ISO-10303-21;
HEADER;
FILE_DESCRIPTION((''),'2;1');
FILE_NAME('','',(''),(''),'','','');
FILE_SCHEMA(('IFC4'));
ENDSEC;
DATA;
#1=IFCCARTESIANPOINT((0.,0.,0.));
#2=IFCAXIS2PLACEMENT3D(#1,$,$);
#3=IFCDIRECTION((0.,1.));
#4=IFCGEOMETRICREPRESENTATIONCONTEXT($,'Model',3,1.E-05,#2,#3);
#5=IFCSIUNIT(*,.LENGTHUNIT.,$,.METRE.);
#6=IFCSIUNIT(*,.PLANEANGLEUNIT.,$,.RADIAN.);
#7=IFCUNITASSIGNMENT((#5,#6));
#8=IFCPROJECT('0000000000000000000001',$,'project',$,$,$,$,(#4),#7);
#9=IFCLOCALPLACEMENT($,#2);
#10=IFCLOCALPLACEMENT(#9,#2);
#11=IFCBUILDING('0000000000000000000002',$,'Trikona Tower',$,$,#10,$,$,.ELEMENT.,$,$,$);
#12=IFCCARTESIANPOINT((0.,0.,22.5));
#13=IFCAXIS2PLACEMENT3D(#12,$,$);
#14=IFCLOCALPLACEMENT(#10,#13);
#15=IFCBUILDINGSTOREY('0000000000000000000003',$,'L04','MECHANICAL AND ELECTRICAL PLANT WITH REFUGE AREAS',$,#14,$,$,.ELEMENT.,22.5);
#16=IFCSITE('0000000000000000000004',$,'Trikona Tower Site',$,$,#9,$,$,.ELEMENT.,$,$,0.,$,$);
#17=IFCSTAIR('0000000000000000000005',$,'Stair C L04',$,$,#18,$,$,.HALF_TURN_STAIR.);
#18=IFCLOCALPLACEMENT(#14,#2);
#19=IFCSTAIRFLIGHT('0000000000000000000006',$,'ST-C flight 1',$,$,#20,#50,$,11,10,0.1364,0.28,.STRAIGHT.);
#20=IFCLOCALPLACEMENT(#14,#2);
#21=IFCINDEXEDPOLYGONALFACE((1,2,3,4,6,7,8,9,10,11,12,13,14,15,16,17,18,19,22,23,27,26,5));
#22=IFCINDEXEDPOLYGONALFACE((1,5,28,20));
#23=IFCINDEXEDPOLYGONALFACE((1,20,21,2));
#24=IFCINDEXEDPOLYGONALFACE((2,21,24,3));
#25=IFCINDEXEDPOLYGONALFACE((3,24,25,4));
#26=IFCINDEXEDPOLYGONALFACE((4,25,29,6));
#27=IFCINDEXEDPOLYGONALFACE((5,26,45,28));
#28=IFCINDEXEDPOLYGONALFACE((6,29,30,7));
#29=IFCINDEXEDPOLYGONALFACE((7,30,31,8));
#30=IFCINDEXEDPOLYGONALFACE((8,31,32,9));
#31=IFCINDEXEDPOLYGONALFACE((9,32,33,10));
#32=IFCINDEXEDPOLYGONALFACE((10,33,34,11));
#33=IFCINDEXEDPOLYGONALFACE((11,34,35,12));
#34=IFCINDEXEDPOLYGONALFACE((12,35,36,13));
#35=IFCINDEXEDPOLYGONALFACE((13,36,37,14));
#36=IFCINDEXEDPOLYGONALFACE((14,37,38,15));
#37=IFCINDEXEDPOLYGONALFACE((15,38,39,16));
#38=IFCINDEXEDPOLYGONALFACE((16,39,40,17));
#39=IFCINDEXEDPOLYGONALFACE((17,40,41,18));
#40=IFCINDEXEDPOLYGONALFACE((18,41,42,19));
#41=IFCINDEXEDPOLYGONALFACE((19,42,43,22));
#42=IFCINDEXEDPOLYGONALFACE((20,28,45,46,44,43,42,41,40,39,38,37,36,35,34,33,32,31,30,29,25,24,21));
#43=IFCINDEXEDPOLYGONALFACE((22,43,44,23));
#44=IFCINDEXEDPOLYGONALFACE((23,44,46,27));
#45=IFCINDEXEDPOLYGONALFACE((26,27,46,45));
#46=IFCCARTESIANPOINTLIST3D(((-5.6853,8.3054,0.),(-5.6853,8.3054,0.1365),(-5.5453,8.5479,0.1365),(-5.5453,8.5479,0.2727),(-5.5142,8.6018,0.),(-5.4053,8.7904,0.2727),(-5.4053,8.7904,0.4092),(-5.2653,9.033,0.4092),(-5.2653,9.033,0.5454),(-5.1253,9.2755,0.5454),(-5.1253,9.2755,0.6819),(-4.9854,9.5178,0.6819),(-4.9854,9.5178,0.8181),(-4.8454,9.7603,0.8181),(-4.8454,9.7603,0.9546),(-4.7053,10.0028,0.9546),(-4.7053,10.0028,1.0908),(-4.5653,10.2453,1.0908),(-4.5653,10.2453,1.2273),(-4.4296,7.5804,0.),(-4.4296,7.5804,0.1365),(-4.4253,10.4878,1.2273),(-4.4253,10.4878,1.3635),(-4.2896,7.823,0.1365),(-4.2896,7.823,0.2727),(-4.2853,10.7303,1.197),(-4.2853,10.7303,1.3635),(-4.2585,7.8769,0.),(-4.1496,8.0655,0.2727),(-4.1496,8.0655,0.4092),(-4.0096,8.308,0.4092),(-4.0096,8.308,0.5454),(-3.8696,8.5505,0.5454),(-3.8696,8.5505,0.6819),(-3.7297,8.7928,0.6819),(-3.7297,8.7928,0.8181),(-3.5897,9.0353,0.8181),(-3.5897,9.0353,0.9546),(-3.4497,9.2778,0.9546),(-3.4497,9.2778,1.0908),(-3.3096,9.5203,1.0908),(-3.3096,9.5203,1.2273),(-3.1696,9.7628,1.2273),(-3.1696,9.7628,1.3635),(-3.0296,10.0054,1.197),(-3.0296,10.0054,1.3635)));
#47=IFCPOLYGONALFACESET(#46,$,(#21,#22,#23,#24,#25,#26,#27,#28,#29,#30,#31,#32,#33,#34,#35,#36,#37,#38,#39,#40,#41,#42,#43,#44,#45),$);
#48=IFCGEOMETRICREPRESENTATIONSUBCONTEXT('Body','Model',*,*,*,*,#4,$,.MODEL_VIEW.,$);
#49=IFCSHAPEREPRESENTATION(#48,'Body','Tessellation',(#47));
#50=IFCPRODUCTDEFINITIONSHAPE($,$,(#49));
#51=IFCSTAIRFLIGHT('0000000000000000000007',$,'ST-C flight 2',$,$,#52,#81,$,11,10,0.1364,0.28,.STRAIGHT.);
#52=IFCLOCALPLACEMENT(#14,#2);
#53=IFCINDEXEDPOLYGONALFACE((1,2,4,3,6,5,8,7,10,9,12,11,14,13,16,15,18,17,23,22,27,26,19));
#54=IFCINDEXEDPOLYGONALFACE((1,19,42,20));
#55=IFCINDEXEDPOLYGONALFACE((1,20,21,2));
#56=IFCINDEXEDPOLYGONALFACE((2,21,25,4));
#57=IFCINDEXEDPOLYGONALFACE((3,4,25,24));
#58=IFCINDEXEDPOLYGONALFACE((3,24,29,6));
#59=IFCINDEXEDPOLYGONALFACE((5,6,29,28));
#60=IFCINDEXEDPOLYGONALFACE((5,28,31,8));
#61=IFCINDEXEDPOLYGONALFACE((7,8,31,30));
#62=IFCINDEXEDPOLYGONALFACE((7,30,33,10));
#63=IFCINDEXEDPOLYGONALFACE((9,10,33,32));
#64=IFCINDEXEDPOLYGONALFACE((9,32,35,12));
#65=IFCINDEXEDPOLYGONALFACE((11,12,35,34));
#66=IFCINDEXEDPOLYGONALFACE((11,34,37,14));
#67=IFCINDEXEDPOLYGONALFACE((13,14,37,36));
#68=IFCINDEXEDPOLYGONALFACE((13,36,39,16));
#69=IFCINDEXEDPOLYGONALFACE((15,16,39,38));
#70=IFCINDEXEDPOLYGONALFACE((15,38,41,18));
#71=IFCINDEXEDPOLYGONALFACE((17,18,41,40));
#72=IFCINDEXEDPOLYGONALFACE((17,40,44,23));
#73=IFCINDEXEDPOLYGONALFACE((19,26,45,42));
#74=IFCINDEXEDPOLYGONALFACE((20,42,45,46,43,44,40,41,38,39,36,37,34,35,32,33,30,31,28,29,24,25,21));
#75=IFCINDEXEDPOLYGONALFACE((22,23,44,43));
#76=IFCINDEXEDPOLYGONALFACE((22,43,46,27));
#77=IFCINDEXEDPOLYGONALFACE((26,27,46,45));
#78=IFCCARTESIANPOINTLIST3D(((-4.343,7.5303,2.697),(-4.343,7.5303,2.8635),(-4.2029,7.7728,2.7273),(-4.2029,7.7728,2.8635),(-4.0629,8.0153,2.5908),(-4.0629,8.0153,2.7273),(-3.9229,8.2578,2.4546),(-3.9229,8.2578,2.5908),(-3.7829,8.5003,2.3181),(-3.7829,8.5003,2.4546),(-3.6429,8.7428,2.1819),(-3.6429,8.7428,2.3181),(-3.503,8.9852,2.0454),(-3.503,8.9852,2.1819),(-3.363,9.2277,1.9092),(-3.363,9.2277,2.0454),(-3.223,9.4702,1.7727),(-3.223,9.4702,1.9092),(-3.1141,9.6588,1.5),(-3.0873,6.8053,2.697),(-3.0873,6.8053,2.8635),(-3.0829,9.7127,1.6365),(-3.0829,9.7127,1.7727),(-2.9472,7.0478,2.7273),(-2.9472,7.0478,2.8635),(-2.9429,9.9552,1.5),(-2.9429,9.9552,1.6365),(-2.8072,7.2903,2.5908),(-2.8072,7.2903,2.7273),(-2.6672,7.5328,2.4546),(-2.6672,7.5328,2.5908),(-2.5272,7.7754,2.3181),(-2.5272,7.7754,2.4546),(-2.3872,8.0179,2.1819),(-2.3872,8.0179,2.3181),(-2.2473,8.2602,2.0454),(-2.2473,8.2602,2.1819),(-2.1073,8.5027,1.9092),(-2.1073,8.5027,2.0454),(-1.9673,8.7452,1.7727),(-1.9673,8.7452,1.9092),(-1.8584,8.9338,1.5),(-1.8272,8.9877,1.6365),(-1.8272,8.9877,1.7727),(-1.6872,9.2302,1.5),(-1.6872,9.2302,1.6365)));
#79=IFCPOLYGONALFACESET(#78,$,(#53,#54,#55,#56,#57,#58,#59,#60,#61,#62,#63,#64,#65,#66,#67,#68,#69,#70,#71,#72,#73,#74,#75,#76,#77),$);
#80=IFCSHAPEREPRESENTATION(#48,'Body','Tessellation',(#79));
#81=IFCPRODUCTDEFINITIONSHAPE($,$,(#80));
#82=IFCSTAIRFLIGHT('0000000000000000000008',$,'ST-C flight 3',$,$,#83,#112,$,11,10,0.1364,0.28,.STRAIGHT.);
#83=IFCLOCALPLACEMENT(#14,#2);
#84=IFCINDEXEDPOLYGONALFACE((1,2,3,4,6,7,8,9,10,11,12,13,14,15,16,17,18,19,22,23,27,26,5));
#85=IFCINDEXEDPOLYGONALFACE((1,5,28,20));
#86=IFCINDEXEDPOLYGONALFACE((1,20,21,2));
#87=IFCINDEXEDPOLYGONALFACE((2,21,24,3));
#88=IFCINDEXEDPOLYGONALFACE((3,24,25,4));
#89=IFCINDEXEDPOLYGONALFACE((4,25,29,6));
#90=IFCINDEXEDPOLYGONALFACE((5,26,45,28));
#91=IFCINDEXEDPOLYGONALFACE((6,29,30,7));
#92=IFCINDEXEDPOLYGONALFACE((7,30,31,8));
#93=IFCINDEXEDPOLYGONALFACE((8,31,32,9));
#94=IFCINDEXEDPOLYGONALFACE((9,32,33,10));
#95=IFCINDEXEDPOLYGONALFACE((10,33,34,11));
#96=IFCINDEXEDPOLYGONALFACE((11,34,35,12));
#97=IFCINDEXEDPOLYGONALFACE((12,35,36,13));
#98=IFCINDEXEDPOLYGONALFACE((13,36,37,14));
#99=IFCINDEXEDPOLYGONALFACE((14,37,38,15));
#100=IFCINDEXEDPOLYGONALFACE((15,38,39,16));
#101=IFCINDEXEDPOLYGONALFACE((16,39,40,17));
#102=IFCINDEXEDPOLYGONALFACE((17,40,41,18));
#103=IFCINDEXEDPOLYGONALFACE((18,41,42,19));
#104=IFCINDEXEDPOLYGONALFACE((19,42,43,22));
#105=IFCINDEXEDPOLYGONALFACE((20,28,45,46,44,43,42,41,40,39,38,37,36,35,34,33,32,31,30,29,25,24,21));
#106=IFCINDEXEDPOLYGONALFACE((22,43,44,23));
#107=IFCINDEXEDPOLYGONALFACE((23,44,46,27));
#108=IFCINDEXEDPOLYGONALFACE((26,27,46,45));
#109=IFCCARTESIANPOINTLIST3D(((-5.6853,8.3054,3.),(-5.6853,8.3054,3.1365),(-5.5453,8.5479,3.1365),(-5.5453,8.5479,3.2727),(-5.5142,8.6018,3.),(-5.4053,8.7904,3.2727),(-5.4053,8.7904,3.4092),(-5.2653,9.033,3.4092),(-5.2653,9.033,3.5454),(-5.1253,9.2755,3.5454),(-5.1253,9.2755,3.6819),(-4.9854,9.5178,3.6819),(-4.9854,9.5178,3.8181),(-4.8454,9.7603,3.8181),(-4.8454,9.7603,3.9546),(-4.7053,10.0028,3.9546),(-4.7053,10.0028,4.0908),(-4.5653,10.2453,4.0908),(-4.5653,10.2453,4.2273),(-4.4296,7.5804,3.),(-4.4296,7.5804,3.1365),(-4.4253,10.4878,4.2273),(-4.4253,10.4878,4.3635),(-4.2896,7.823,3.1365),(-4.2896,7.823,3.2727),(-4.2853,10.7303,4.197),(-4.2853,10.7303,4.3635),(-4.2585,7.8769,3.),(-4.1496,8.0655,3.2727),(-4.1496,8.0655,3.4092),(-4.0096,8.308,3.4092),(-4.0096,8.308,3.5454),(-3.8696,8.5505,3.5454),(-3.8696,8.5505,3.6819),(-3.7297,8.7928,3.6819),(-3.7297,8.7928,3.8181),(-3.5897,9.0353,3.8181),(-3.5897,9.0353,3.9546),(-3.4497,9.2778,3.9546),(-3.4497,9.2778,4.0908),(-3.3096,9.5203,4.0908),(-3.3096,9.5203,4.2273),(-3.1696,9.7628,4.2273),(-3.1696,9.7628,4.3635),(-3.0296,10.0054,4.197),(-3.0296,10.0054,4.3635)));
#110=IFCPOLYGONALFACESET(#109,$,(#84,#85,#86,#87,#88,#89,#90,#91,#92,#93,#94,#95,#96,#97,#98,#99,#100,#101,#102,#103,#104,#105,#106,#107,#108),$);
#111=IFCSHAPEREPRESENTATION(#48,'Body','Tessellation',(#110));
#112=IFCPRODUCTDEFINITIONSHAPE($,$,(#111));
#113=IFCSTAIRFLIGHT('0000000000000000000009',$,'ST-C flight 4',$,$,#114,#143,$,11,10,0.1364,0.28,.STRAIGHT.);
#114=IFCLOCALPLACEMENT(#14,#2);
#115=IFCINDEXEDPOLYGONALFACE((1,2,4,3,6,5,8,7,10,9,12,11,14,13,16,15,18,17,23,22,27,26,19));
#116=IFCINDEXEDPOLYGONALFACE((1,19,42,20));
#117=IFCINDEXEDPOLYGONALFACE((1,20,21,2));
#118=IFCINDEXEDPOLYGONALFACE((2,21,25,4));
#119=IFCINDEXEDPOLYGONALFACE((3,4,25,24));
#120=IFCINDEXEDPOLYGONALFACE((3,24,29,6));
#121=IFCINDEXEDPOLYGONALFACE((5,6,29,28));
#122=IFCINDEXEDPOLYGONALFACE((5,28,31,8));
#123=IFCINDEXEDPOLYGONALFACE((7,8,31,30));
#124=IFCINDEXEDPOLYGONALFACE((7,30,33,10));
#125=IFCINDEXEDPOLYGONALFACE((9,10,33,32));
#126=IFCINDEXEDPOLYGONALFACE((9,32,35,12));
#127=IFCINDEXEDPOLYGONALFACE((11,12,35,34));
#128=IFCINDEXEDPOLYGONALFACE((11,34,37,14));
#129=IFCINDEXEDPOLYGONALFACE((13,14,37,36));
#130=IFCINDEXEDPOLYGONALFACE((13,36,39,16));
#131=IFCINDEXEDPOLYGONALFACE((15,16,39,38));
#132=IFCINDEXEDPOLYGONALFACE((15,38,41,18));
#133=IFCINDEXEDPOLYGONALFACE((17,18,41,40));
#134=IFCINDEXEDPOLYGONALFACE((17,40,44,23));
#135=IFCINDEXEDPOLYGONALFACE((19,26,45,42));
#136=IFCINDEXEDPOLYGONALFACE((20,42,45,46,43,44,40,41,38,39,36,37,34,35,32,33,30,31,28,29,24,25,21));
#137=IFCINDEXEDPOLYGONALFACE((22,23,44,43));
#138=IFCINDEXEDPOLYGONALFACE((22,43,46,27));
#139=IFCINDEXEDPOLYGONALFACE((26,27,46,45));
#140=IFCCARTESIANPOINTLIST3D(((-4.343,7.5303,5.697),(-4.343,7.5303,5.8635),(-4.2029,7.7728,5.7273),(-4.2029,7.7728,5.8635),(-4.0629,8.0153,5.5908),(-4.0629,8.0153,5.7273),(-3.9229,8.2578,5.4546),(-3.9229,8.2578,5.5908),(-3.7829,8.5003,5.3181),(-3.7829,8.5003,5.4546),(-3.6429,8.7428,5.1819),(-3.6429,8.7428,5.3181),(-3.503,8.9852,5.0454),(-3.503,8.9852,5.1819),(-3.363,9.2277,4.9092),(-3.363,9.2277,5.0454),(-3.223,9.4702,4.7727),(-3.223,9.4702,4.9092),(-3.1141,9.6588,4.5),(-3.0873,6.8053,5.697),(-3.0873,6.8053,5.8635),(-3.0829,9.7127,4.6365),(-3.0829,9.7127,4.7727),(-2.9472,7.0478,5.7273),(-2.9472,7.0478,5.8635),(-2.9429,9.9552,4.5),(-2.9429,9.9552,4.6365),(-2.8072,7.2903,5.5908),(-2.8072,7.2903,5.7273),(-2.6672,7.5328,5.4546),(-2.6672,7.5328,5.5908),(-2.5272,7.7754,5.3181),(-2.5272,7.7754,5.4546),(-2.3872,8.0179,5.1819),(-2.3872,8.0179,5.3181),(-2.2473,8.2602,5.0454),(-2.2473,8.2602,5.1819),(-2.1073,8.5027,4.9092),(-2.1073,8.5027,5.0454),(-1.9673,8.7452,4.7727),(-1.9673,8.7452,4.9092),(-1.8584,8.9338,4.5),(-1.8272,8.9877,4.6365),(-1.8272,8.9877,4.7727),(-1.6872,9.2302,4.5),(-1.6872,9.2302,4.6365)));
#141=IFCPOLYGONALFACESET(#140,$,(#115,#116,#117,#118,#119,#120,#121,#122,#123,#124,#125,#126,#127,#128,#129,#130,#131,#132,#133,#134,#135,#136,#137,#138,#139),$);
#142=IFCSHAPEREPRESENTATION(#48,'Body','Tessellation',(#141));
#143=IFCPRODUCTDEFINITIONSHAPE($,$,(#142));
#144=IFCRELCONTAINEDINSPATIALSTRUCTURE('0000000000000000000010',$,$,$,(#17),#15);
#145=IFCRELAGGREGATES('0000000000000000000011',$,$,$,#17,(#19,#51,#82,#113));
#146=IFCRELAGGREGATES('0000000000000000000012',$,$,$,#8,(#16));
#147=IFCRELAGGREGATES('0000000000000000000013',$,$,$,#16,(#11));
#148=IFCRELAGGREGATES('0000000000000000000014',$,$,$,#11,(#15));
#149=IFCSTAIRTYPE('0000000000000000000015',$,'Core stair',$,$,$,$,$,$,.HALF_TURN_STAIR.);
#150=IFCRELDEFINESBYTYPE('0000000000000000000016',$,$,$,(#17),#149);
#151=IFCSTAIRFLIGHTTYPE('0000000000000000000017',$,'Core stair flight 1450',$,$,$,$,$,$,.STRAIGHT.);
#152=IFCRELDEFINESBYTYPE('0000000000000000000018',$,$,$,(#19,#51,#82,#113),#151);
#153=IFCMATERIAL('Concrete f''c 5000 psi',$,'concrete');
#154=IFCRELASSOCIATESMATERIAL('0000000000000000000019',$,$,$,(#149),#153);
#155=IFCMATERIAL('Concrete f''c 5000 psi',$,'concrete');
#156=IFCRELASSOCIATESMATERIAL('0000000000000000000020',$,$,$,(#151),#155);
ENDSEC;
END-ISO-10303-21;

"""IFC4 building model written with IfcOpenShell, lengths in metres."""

from ifc_helpers import new_model, si_unit, direction, frame, origin, place, context, subcontext, project, spatial, polyline, outline, extrude, material, type_object, element, aggregate, save


model = new_model("IFC4")

# Units and contexts
model_context = context("Model", 3, precision=1e-05, world=origin(), true_north=direction((0.0, 1.0)))
body_context = subcontext(model_context, "Body", "Model", "MODEL_VIEW")
ifc_project = project(units=[si_unit("LENGTHUNIT", "METRE"), si_unit("PLANEANGLEUNIT", "RADIAN")], contexts=[model_context])

# Site, building, storey
site_placement = place(None, origin())
site = spatial("IfcSite", under=ifc_project, at=site_placement, Name="Trikona Tower Site", CompositionType="ELEMENT", RefElevation=0.0)
building_placement = place(site_placement, origin())
building = spatial("IfcBuilding", under=site, at=building_placement, Name="Trikona Tower", CompositionType="ELEMENT")
storey_placement = place(building_placement, frame((0.0, 0.0, 22.5)))
storey = spatial("IfcBuildingStorey", under=building, at=storey_placement, Name="L04", Description="MECHANICAL AND ELECTRICAL PLANT WITH REFUGE AREAS", CompositionType="ELEMENT", Elevation=22.5)

# Stair, stair flights
ifc_material_1 = material(Name="Concrete f'c 5000 psi", Category="concrete")
stair_type = type_object("IfcStairType", Name="Core stair", PredefinedType="HALF_TURN_STAIR", material=ifc_material_1)
stair_placement = place(storey_placement, origin())
stair = element("IfcStair", 1, at=stair_placement, inside=storey, type_object=stair_type, Name="Stair C L04", PredefinedType="HALF_TURN_STAIR")
ifc_material_2 = material(Name="Concrete f'c 5000 psi", Category="concrete")
stair_flight_type = type_object("IfcStairFlightType", Name="Core stair flight 1450", PredefinedType="STRAIGHT", material=ifc_material_2)
stair_flight_1_placement = place(storey_placement, frame((-5.0574, 7.9429, 0.0), z_axis=(0.0, 0.0, 1.0), x_axis=(0.5, 0.866025, 0.0)))
stair_flight_1 = element("IfcStairFlight", 2, at=stair_flight_1_placement, type_object=stair_flight_type, Name="ST-C flight 1", NumberOfRisers=11, NumberOfTreads=10, PredefinedType="STRAIGHT", RiserHeight=0.1364, TreadLength=0.28, context=body_context, shape_type="SweptSolid", body=[
    extrude(outline(polyline([(0.0, 0.0), (0.0, 0.1365), (0.28, 0.1365), (0.28, 0.2727), (0.5601, 0.2727), (0.5601, 0.4092), (0.8401, 0.4092), (0.8401, 0.5454), (1.1201, 0.5454), (1.1201, 0.6819), (1.3999, 0.6819), (1.3999, 0.8181), (1.6799, 0.8181), (1.6799, 0.9546), (1.96, 0.9546), (1.96, 1.0908), (2.24, 1.0908), (2.24, 1.2273), (2.52, 1.2273), (2.52, 1.3635), (2.8, 1.3635), (2.8, 1.5), (2.8, 1.197), (0.3423, 0.0), (0.0, 0.0)])), frame((0.0, 0.7251, 0.0), z_axis=(0.0, -1.0, 0.0), x_axis=(1.0, 0.0, 0.0)), (0.0, 0.0, 1.0), 1.45),
])
stair_flight_2_placement = place(storey_placement, frame((-2.3152, 9.5928, 1.5), z_axis=(0.0, 0.0, 1.0), x_axis=(-0.5, -0.866025, 0.0)))
stair_flight_2 = element("IfcStairFlight", 3, at=stair_flight_2_placement, type_object=stair_flight_type, Name="ST-C flight 2", NumberOfRisers=11, NumberOfTreads=10, PredefinedType="STRAIGHT", RiserHeight=0.1364, TreadLength=0.28, context=body_context, shape_type="SweptSolid", body=[
    extrude(outline(polyline([(0.0, 0.0), (0.0, 0.1365), (0.28, 0.1365), (0.28, 0.2727), (0.5601, 0.2727), (0.5601, 0.4092), (0.8401, 0.4092), (0.8401, 0.5454), (1.1201, 0.5454), (1.1201, 0.6819), (1.3999, 0.6819), (1.3999, 0.8181), (1.6799, 0.8181), (1.6799, 0.9546), (1.96, 0.9546), (1.96, 1.0908), (2.24, 1.0908), (2.24, 1.2273), (2.52, 1.2273), (2.52, 1.3635), (2.8, 1.3635), (2.8, 1.5), (2.8, 1.197), (0.3423, 0.0), (0.0, 0.0)])), frame((0.0, 0.7251, 0.0), z_axis=(0.0, -1.0, 0.0), x_axis=(1.0, 0.0, 0.0)), (0.0, 0.0, 1.0), 1.45),
])
stair_flight_3_placement = place(storey_placement, frame((-5.0574, 7.9429, 3.0), z_axis=(0.0, 0.0, 1.0), x_axis=(0.5, 0.866025, 0.0)))
stair_flight_3 = element("IfcStairFlight", 4, at=stair_flight_3_placement, type_object=stair_flight_type, Name="ST-C flight 3", NumberOfRisers=11, NumberOfTreads=10, PredefinedType="STRAIGHT", RiserHeight=0.1364, TreadLength=0.28, context=body_context, shape_type="SweptSolid", body=[
    extrude(outline(polyline([(0.0, 0.0), (0.0, 0.1365), (0.28, 0.1365), (0.28, 0.2727), (0.5601, 0.2727), (0.5601, 0.4092), (0.8401, 0.4092), (0.8401, 0.5454), (1.1201, 0.5454), (1.1201, 0.6819), (1.3999, 0.6819), (1.3999, 0.8181), (1.6799, 0.8181), (1.6799, 0.9546), (1.96, 0.9546), (1.96, 1.0908), (2.24, 1.0908), (2.24, 1.2273), (2.52, 1.2273), (2.52, 1.3635), (2.8, 1.3635), (2.8, 1.5), (2.8, 1.197), (0.3423, 0.0), (0.0, 0.0)])), frame((0.0, 0.7251, 0.0), z_axis=(0.0, -1.0, 0.0), x_axis=(1.0, 0.0, 0.0)), (0.0, 0.0, 1.0), 1.45),
])
stair_flight_4_placement = place(storey_placement, frame((-2.3152, 9.5928, 4.5), z_axis=(0.0, 0.0, 1.0), x_axis=(-0.5, -0.866025, 0.0)))
stair_flight_4 = element("IfcStairFlight", 5, at=stair_flight_4_placement, type_object=stair_flight_type, Name="ST-C flight 4", NumberOfRisers=11, NumberOfTreads=10, PredefinedType="STRAIGHT", RiserHeight=0.1364, TreadLength=0.28, context=body_context, shape_type="SweptSolid", body=[
    extrude(outline(polyline([(0.0, 0.0), (0.0, 0.1365), (0.28, 0.1365), (0.28, 0.2727), (0.5601, 0.2727), (0.5601, 0.4092), (0.8401, 0.4092), (0.8401, 0.5454), (1.1201, 0.5454), (1.1201, 0.6819), (1.3999, 0.6819), (1.3999, 0.8181), (1.6799, 0.8181), (1.6799, 0.9546), (1.96, 0.9546), (1.96, 1.0908), (2.24, 1.0908), (2.24, 1.2273), (2.52, 1.2273), (2.52, 1.3635), (2.8, 1.3635), (2.8, 1.5), (2.8, 1.197), (0.3423, 0.0), (0.0, 0.0)])), frame((0.0, 0.7251, 0.0), z_axis=(0.0, -1.0, 0.0), x_axis=(1.0, 0.0, 0.0)), (0.0, 0.0, 1.0), 1.45),
])
aggregate(stair, [stair_flight_1, stair_flight_2, stair_flight_3, stair_flight_4])

save(model, "model.ifc")
